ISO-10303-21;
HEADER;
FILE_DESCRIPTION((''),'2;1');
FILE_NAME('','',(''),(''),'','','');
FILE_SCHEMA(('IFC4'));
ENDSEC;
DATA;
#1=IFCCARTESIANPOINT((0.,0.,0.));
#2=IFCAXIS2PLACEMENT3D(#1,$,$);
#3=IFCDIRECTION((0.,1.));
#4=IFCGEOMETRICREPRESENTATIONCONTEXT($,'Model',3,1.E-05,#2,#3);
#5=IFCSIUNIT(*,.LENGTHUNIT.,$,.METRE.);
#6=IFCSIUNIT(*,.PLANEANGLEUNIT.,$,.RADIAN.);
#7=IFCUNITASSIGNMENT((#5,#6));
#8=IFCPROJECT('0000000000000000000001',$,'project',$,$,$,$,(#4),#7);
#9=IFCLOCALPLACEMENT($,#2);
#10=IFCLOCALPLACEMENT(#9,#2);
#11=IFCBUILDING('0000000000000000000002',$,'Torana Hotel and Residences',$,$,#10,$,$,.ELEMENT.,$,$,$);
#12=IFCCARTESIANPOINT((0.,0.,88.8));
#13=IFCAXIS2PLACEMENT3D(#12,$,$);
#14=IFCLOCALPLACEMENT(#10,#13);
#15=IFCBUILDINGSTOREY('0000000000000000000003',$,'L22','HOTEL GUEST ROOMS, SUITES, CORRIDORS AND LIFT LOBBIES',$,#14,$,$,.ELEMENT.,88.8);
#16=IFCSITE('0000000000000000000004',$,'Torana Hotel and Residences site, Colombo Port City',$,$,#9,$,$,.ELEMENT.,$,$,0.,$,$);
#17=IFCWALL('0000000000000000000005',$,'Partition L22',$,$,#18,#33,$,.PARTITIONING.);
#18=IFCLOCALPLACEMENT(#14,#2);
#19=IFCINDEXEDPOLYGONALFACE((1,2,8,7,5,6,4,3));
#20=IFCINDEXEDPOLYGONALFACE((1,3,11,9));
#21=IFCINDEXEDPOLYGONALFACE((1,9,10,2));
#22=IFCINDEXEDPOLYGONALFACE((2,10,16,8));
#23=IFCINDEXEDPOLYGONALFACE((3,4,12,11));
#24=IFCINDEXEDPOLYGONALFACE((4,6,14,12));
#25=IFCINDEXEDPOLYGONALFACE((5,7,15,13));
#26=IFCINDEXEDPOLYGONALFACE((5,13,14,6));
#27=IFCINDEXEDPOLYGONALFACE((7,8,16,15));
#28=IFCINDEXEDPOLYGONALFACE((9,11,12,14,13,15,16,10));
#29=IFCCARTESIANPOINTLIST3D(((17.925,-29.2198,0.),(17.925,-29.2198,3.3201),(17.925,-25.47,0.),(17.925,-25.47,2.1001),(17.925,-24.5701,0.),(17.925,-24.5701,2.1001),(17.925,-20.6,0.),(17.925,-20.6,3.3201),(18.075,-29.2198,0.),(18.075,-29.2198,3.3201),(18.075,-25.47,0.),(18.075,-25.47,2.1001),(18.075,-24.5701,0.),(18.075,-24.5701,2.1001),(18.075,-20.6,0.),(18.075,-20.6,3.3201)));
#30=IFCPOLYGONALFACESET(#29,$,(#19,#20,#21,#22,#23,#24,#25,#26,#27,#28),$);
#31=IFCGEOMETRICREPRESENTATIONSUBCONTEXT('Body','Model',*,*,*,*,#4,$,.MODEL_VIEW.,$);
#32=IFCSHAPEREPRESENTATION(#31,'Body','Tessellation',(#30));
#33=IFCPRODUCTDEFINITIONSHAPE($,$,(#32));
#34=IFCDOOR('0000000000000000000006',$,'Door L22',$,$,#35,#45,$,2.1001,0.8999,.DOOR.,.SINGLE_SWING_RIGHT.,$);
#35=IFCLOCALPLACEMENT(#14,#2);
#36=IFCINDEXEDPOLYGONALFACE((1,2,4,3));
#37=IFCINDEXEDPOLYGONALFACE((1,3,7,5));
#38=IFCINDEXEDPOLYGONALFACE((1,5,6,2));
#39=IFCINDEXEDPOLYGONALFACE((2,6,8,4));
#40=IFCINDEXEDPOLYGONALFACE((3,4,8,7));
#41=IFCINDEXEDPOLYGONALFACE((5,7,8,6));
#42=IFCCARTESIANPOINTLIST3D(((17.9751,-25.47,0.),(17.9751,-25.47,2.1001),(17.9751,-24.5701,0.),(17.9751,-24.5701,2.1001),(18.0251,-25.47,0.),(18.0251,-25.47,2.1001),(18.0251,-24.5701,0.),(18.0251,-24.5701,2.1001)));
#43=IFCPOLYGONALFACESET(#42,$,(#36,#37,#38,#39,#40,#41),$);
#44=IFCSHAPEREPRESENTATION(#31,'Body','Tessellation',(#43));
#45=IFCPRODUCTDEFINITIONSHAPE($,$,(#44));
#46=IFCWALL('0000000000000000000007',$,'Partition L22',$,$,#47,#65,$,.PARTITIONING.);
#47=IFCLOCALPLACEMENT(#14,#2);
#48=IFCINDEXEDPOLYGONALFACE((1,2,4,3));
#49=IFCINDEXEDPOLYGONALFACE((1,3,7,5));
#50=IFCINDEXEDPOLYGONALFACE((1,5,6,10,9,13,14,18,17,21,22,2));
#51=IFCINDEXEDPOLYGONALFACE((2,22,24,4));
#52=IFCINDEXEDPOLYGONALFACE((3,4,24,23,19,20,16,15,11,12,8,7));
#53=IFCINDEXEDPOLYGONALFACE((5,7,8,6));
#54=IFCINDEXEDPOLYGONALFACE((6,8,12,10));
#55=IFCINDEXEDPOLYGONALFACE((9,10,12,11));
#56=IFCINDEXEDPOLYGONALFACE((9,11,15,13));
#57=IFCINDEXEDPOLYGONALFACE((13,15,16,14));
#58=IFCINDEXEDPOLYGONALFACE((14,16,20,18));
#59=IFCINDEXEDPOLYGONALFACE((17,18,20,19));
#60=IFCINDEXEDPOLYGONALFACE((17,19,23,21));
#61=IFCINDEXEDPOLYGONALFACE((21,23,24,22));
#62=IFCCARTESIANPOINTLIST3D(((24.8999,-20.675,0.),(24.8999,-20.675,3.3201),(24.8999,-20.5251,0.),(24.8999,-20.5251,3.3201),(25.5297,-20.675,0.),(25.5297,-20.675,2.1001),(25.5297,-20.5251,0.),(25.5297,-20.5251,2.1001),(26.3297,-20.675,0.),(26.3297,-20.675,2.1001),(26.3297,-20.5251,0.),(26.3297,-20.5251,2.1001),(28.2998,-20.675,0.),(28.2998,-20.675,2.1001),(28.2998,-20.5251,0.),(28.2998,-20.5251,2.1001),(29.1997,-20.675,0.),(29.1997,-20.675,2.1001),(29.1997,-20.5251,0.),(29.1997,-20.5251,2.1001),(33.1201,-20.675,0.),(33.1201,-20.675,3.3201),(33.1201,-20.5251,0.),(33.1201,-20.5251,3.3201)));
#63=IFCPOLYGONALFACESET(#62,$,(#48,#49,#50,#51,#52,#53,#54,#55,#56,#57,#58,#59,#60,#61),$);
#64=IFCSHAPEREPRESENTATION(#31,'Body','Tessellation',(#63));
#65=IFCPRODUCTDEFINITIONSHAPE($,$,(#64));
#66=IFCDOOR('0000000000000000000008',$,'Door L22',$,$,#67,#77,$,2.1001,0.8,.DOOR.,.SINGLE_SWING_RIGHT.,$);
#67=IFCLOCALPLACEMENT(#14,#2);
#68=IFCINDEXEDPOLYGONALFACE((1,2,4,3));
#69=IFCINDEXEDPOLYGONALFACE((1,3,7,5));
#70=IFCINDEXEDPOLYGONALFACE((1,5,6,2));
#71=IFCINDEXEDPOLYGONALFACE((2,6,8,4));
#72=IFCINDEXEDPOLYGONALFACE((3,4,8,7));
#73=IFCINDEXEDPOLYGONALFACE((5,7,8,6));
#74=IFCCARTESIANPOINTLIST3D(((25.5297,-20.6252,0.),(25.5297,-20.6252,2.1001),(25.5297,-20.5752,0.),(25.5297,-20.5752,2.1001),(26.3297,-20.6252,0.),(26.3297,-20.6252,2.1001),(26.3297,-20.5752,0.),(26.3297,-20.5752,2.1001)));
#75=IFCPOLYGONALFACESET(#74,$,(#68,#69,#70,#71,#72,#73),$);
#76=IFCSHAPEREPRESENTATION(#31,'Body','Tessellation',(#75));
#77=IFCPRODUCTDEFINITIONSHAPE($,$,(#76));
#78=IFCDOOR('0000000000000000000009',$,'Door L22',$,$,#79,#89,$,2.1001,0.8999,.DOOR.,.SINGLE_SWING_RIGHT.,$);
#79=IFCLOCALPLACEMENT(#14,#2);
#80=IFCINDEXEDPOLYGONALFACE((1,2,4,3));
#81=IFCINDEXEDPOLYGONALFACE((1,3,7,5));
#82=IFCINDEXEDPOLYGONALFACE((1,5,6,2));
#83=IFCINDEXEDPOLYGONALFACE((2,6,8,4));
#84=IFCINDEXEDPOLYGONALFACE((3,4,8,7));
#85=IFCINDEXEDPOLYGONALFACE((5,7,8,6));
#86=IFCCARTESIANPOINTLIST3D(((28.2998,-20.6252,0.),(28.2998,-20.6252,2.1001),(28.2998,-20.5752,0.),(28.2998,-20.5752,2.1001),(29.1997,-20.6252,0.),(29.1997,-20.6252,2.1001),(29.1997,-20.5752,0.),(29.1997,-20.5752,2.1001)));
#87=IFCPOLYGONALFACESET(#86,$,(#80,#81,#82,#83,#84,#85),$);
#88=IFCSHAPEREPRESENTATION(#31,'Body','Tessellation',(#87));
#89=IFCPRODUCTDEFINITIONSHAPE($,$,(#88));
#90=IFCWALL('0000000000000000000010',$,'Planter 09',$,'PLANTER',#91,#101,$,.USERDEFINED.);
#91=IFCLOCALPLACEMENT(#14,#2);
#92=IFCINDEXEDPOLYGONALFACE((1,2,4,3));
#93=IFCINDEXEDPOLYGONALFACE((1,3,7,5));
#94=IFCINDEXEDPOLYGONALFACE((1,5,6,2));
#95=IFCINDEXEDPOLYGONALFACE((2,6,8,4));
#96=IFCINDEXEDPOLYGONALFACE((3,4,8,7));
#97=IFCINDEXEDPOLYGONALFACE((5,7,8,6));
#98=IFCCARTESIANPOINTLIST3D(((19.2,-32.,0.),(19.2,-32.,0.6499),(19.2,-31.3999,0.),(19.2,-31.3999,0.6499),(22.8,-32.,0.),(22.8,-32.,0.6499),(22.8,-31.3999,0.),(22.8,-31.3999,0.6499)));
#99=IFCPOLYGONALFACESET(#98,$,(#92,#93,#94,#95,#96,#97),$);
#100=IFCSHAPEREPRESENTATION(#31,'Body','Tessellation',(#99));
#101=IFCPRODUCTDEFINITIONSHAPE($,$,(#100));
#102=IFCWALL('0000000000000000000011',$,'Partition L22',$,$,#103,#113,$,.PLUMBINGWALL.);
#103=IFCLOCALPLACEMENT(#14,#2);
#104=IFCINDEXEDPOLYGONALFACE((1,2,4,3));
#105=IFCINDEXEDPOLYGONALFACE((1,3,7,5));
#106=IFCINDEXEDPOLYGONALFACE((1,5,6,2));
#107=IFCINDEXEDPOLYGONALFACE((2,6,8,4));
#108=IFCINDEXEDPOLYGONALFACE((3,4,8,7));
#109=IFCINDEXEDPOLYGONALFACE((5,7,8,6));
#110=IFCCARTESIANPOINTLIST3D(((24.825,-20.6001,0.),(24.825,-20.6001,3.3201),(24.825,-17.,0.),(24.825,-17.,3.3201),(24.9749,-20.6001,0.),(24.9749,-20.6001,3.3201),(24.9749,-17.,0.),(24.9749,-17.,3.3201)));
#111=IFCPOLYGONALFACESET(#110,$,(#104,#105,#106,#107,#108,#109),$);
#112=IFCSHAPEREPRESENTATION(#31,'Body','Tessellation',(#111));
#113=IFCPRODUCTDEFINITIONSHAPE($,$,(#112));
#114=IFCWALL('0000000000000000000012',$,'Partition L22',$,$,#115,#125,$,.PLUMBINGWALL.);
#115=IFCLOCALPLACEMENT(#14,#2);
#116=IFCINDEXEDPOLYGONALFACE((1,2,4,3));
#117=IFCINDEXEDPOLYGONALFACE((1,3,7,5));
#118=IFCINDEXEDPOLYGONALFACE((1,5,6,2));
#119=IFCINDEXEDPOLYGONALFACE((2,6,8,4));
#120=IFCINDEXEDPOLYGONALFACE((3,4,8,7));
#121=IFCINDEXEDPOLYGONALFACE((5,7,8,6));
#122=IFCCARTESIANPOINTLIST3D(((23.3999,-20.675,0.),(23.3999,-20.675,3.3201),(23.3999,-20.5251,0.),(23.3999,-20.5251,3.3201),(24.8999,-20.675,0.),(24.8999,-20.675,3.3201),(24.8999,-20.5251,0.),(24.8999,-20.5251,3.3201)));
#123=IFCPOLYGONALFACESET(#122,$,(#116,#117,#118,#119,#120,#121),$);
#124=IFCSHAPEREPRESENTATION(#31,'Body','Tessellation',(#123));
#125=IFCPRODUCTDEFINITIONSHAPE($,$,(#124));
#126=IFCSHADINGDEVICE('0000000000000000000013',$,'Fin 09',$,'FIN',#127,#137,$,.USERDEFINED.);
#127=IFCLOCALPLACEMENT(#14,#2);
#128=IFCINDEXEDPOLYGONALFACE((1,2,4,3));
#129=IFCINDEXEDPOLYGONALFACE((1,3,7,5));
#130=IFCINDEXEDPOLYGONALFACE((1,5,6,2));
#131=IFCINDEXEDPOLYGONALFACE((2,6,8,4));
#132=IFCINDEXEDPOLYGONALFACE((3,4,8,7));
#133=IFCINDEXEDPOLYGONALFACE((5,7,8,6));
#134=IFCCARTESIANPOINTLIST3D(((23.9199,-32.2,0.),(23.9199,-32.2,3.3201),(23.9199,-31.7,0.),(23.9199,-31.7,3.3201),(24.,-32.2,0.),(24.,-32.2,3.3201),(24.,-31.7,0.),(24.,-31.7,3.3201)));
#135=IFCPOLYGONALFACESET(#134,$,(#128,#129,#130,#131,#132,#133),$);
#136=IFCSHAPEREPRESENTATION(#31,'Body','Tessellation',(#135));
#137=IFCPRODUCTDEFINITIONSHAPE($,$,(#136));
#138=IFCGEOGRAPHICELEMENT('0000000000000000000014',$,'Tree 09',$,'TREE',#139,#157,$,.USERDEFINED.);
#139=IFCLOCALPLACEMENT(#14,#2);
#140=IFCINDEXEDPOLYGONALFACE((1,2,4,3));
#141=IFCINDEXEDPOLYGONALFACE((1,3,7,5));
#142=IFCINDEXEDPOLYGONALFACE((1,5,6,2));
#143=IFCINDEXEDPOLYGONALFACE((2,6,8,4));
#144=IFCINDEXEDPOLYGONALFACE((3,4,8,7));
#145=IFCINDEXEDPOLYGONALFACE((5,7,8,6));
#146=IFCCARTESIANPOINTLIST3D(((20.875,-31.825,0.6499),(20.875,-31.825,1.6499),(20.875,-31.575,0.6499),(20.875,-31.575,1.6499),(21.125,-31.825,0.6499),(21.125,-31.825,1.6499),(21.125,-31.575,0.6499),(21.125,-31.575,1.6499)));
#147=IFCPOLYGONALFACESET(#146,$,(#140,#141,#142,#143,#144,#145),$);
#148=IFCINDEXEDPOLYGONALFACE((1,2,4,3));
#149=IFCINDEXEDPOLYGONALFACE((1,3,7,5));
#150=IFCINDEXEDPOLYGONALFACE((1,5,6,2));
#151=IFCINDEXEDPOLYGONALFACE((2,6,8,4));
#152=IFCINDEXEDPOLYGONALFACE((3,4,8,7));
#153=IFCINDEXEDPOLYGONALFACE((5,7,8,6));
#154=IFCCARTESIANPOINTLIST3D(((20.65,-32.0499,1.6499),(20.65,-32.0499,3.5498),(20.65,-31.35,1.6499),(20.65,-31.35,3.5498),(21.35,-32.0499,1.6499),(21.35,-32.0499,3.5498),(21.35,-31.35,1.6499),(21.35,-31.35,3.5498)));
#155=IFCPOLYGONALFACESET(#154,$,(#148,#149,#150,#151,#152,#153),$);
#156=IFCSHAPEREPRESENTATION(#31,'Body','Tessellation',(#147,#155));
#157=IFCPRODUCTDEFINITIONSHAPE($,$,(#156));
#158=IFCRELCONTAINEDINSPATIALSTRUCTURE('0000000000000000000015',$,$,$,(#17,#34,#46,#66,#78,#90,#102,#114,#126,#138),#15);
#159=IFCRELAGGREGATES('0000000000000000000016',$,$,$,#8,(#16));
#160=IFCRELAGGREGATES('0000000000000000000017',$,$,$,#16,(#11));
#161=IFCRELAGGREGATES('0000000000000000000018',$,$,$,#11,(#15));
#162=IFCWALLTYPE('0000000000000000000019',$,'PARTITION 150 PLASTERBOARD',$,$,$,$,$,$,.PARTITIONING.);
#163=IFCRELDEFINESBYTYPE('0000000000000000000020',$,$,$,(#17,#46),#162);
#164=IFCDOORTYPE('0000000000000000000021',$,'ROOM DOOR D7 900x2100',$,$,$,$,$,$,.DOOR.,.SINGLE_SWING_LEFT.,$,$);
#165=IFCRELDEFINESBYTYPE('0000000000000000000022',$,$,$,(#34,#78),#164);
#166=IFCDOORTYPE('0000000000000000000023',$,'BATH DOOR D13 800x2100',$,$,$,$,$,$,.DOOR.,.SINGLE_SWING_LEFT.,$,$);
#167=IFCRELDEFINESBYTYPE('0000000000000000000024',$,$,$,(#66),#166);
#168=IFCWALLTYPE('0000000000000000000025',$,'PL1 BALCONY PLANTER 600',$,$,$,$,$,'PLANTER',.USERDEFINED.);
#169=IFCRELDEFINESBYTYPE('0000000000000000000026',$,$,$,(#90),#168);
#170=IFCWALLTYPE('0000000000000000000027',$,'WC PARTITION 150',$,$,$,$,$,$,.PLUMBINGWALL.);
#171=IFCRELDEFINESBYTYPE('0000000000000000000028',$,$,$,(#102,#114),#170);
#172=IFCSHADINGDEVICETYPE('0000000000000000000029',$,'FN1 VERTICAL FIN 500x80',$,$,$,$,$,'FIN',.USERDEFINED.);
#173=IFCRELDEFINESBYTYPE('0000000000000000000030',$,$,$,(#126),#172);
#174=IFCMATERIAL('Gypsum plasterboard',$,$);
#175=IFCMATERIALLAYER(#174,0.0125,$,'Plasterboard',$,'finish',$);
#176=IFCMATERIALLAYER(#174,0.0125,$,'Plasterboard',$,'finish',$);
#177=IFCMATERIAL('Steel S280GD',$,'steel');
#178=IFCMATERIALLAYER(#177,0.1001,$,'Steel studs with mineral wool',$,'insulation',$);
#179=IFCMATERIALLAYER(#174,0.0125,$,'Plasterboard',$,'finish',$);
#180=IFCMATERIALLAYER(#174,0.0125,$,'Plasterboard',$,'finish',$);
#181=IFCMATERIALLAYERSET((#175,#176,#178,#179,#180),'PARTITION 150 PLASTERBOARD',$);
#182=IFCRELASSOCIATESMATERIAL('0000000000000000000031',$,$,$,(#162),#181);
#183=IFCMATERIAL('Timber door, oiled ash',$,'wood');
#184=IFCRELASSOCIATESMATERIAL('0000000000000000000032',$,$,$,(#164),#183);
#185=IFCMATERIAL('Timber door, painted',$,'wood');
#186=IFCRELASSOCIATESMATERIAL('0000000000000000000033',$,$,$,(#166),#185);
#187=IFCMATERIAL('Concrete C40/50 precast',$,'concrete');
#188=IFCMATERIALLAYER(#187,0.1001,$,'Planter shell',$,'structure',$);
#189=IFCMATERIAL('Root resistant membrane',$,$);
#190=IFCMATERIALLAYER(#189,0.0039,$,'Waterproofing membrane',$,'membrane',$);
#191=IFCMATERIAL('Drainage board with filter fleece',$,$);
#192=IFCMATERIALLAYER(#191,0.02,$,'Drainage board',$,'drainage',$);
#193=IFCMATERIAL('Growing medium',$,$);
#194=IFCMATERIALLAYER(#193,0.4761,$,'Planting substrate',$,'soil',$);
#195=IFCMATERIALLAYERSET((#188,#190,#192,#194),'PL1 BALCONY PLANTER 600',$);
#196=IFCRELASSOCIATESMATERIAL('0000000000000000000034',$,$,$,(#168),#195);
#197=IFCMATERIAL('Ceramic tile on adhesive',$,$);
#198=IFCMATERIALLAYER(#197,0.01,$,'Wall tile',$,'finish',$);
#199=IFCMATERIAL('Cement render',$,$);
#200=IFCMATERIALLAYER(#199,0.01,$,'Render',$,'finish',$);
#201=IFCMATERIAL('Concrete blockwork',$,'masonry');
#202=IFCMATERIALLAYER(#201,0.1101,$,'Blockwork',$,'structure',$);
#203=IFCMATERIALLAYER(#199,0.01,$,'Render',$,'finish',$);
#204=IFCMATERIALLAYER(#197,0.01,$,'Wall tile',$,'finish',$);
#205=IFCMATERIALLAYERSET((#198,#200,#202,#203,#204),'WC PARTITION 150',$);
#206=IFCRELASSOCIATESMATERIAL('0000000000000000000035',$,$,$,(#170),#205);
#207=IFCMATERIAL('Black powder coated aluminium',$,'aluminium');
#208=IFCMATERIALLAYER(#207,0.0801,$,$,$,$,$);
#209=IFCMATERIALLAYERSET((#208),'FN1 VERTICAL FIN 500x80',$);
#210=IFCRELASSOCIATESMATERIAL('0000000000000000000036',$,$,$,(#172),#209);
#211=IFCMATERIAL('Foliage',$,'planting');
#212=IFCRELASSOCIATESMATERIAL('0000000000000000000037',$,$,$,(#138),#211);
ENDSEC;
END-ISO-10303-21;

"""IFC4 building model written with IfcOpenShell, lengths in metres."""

from ifc_helpers import new_model, si_unit, direction, frame, frame_2d, origin, origin_2d, place, context, subcontext, project, spatial, rectangle, extrude, material, layer, layer_set, type_object, element, fill, save


model = new_model("IFC4")

# Units and contexts
model_context = context("Model", 3, precision=1e-05, world=origin(), true_north=direction((0.0, 1.0)))
body_context = subcontext(model_context, "Body", "Model", "MODEL_VIEW")
ifc_project = project(units=[si_unit("LENGTHUNIT", "METRE"), si_unit("PLANEANGLEUNIT", "RADIAN")], contexts=[model_context])

# Site, building, storey
site_placement = place(None, origin())
site = spatial("IfcSite", under=ifc_project, at=site_placement, Name="Torana Hotel and Residences site, Colombo Port City", CompositionType="ELEMENT", RefElevation=0.0)
building_placement = place(site_placement, origin())
building = spatial("IfcBuilding", under=site, at=building_placement, Name="Torana Hotel and Residences", CompositionType="ELEMENT")
storey_placement = place(building_placement, frame((0.0, 0.0, 88.8)))
storey = spatial("IfcBuildingStorey", under=building, at=storey_placement, Name="L22", Description="HOTEL GUEST ROOMS, SUITES, CORRIDORS AND LIFT LOBBIES", CompositionType="ELEMENT", Elevation=88.8)

# Shared definitions
ifc_material_1 = material(Name="Concrete blockwork", Category="masonry")

# Shared definitions
ifc_material_2 = material(Name="Gypsum plasterboard")
ifc_layer_1 = layer(ifc_material_2, 0.0125, Name="Plasterboard", Category="finish")
ifc_layer_2 = layer(ifc_material_2, 0.0125, Name="Plasterboard", Category="finish")
ifc_material_3 = material(Name="Steel S280GD", Category="steel")
ifc_layer_3 = layer(ifc_material_3, 0.1001, Name="Steel studs with mineral wool", Category="insulation")
ifc_layer_4 = layer(ifc_material_2, 0.0125, Name="Plasterboard", Category="finish")
ifc_layer_5 = layer(ifc_material_2, 0.0125, Name="Plasterboard", Category="finish")
ifc_layer_set_1 = layer_set([ifc_layer_1, ifc_layer_2, ifc_layer_3, ifc_layer_4, ifc_layer_5], Name="PARTITION 150 PLASTERBOARD")
wall_type_1 = type_object("IfcWallType", Name="PARTITION 150 PLASTERBOARD", PredefinedType="PARTITIONING", material=ifc_layer_set_1)

# Wall, opening, door
wall_1_placement = place(storey_placement, frame((18.0, -29.22, 0.0), z_axis=(0.0, 0.0, 1.0), x_axis=(0.0, 1.0, 0.0)))
wall_1 = element("IfcWall", 1, at=wall_1_placement, inside=storey, type_object=wall_type_1, Name="Partition L22", PredefinedType="PARTITIONING", context=body_context, shape_type="SweptSolid", body=[
    extrude(rectangle(XDim=8.6199, YDim=0.1499, at=frame_2d((4.3101, 0.0))), origin(), (0.0, 0.0, 1.0), 3.3201),
])
opening_1_placement = place(wall_1_placement, frame((3.75, 0.0, 0.0)))
opening_1 = element("IfcOpeningElement", 2, at=opening_1_placement, cuts=wall_1, PredefinedType="OPENING", context=body_context, shape_type="SweptSolid", body=[
    extrude(rectangle(XDim=0.8999, YDim=2.1001, at=frame_2d((0.45, 1.05))), frame((0.0, 0.085, 0.0), z_axis=(0.0, -1.0, 0.0), x_axis=(1.0, 0.0, 0.0)), (0.0, 0.0, 1.0), 0.1699),
])
ifc_material_4 = material(Name="Timber door, oiled ash", Category="wood")
door_type_1 = type_object("IfcDoorType", Name="ROOM DOOR D7 900x2100", OperationType="SINGLE_SWING_LEFT", PredefinedType="DOOR", material=ifc_material_4)
door_1_placement = place(opening_1_placement, origin())
door_1 = element("IfcDoor", 3, at=door_1_placement, inside=storey, type_object=door_type_1, Name="Door L22", OperationType="SINGLE_SWING_RIGHT", OverallHeight=2.1001, OverallWidth=0.8999, PredefinedType="DOOR", context=body_context, shape_type="SweptSolid", body=[
    extrude(rectangle(XDim=0.8999, YDim=2.1001, at=frame_2d((0.45, 1.05))), frame((0.0, 0.0249, 0.0), z_axis=(0.0, -1.0, 0.0), x_axis=(1.0, 0.0, 0.0)), (0.0, 0.0, 1.0), 0.05),
])
fill(opening_1, door_1)

# Wall, openings, doors
wall_2_placement = place(storey_placement, frame((24.8999, -20.6001, 0.0), z_axis=(0.0, 0.0, 1.0), x_axis=(1.0, 0.0, 0.0)))
wall_2 = element("IfcWall", 4, at=wall_2_placement, inside=storey, type_object=wall_type_1, Name="Partition L22", PredefinedType="PARTITIONING", context=body_context, shape_type="SweptSolid", body=[
    extrude(rectangle(XDim=8.2202, YDim=0.1499, at=frame_2d((4.1101, 0.0))), origin(), (0.0, 0.0, 1.0), 3.3201),
])
opening_2_placement = place(wall_2_placement, frame((0.6299, 0.0, 0.0)))
opening_2 = element("IfcOpeningElement", 5, at=opening_2_placement, cuts=wall_2, PredefinedType="OPENING", context=body_context, shape_type="SweptSolid", body=[
    extrude(rectangle(XDim=0.8, YDim=2.1001, at=frame_2d((0.3999, 1.05))), frame((0.0, 0.085, 0.0), z_axis=(0.0, -1.0, 0.0), x_axis=(1.0, 0.0, 0.0)), (0.0, 0.0, 1.0), 0.1699),
])
opening_3_placement = place(wall_2_placement, frame((3.3999, 0.0, 0.0)))
opening_3 = element("IfcOpeningElement", 6, at=opening_3_placement, cuts=wall_2, PredefinedType="OPENING", context=body_context, shape_type="SweptSolid", body=[
    extrude(rectangle(XDim=0.8999, YDim=2.1001, at=frame_2d((0.45, 1.05))), frame((0.0, 0.085, 0.0), z_axis=(0.0, -1.0, 0.0), x_axis=(1.0, 0.0, 0.0)), (0.0, 0.0, 1.0), 0.1699),
])
ifc_material_5 = material(Name="Timber door, painted", Category="wood")
door_type_2 = type_object("IfcDoorType", Name="BATH DOOR D13 800x2100", OperationType="SINGLE_SWING_LEFT", PredefinedType="DOOR", material=ifc_material_5)
door_2_placement = place(opening_2_placement, origin())
door_2 = element("IfcDoor", 7, at=door_2_placement, inside=storey, type_object=door_type_2, Name="Door L22", OperationType="SINGLE_SWING_RIGHT", OverallHeight=2.1001, OverallWidth=0.8, PredefinedType="DOOR", context=body_context, shape_type="SweptSolid", body=[
    extrude(rectangle(XDim=0.8, YDim=2.1001, at=frame_2d((0.3999, 1.05))), frame((0.0, 0.0249, 0.0), z_axis=(0.0, -1.0, 0.0), x_axis=(1.0, 0.0, 0.0)), (0.0, 0.0, 1.0), 0.05),
])
fill(opening_2, door_2)
door_3_placement = place(opening_3_placement, origin())
door_3 = element("IfcDoor", 8, at=door_3_placement, inside=storey, type_object=door_type_1, Name="Door L22", OperationType="SINGLE_SWING_RIGHT", OverallHeight=2.1001, OverallWidth=0.8999, PredefinedType="DOOR", context=body_context, shape_type="SweptSolid", body=[
    extrude(rectangle(XDim=0.8999, YDim=2.1001, at=frame_2d((0.45, 1.05))), frame((0.0, 0.0249, 0.0), z_axis=(0.0, -1.0, 0.0), x_axis=(1.0, 0.0, 0.0)), (0.0, 0.0, 1.0), 0.05),
])
fill(opening_3, door_3)

# Walls
ifc_material_6 = material(Name="Concrete C40/50 precast", Category="concrete")
ifc_layer_6 = layer(ifc_material_6, 0.1001, Name="Planter shell", Category="structure")
ifc_material_7 = material(Name="Root resistant membrane")
ifc_layer_7 = layer(ifc_material_7, 0.0039, Name="Waterproofing membrane", Category="membrane")
ifc_material_8 = material(Name="Drainage board with filter fleece")
ifc_layer_8 = layer(ifc_material_8, 0.02, Name="Drainage board", Category="drainage")
ifc_material_9 = material(Name="Growing medium")
ifc_layer_9 = layer(ifc_material_9, 0.4761, Name="Planting substrate", Category="soil")
ifc_layer_set_2 = layer_set([ifc_layer_6, ifc_layer_7, ifc_layer_8, ifc_layer_9], Name="PL1 BALCONY PLANTER 600")
wall_type_2 = type_object("IfcWallType", Name="PL1 BALCONY PLANTER 600", ElementType="PLANTER", PredefinedType="USERDEFINED", material=ifc_layer_set_2)
wall_3_placement = place(storey_placement, frame((22.8, -31.7, 0.0), z_axis=(0.0, 0.0, 1.0), x_axis=(-1.0, 0.0, 0.0)))
element("IfcWall", 9, at=wall_3_placement, inside=storey, type_object=wall_type_2, Name="Planter 09", ObjectType="PLANTER", PredefinedType="USERDEFINED", context=body_context, shape_type="SweptSolid", body=[
    extrude(rectangle(XDim=3.6001, YDim=0.6001, at=frame_2d((1.8, 0.0))), origin(), (0.0, 0.0, 1.0), 0.6499),
])
ifc_material_10 = material(Name="Ceramic tile on adhesive")
ifc_layer_10 = layer(ifc_material_10, 0.01, Name="Wall tile", Category="finish")
ifc_material_11 = material(Name="Cement render")
ifc_layer_11 = layer(ifc_material_11, 0.01, Name="Render", Category="finish")
ifc_layer_12 = layer(ifc_material_1, 0.1101, Name="Blockwork", Category="structure")
ifc_layer_13 = layer(ifc_material_11, 0.01, Name="Render", Category="finish")
ifc_layer_14 = layer(ifc_material_10, 0.01, Name="Wall tile", Category="finish")
ifc_layer_set_3 = layer_set([ifc_layer_10, ifc_layer_11, ifc_layer_12, ifc_layer_13, ifc_layer_14], Name="WC PARTITION 150")
wall_type_3 = type_object("IfcWallType", Name="WC PARTITION 150", PredefinedType="PLUMBINGWALL", material=ifc_layer_set_3)
wall_4_placement = place(storey_placement, frame((24.8999, -20.6001, 0.0), z_axis=(0.0, 0.0, 1.0), x_axis=(0.0, 1.0, 0.0)))
element("IfcWall", 10, at=wall_4_placement, inside=storey, type_object=wall_type_3, Name="Partition L22", PredefinedType="PLUMBINGWALL", context=body_context, shape_type="SweptSolid", body=[
    extrude(rectangle(XDim=3.6001, YDim=0.1499, at=frame_2d((1.8, 0.0))), origin(), (0.0, 0.0, 1.0), 3.3201),
])
wall_5_placement = place(storey_placement, frame((23.3999, -20.6001, 0.0), z_axis=(0.0, 0.0, 1.0), x_axis=(1.0, 0.0, 0.0)))
element("IfcWall", 11, at=wall_5_placement, inside=storey, type_object=wall_type_3, Name="Partition L22", PredefinedType="PLUMBINGWALL", context=body_context, shape_type="SweptSolid", body=[
    extrude(rectangle(XDim=1.5, YDim=0.1499, at=frame_2d((0.75, 0.0))), origin(), (0.0, 0.0, 1.0), 3.3201),
])

# Shading device
ifc_material_12 = material(Name="Black powder coated aluminium", Category="aluminium")
ifc_layer_15 = layer(ifc_material_12, 0.0801)
ifc_layer_set_4 = layer_set([ifc_layer_15], Name="FN1 VERTICAL FIN 500x80")
shading_device_type = type_object("IfcShadingDeviceType", Name="FN1 VERTICAL FIN 500x80", ElementType="FIN", PredefinedType="USERDEFINED", material=ifc_layer_set_4)
shading_device_placement = place(storey_placement, frame((23.96, -31.95, 0.0), z_axis=(0.0, 0.0, 1.0), x_axis=(-1.0, 0.0, 0.0)))
element("IfcShadingDevice", 12, at=shading_device_placement, inside=storey, type_object=shading_device_type, Name="Fin 09", ObjectType="FIN", PredefinedType="USERDEFINED", context=body_context, shape_type="SweptSolid", body=[
    extrude(rectangle(XDim=0.0801, YDim=0.5, at=origin_2d()), origin(), (0.0, 0.0, 1.0), 3.3201),
])

# Geographic element
ifc_material_13 = material(Name="Foliage", Category="planting")
geographic_element_placement = place(storey_placement, frame((21.0, -31.7, 0.6499), z_axis=(0.0, 0.0, 1.0), x_axis=(1.0, 0.0, 0.0)))
element("IfcGeographicElement", 13, at=geographic_element_placement, inside=storey, material=ifc_material_13, Name="Tree 09", ObjectType="TREE", PredefinedType="USERDEFINED", context=body_context, shape_type="SweptSolid", body=[
    extrude(rectangle(XDim=0.25, YDim=0.25, at=origin_2d()), origin(), (0.0, 0.0, 1.0), 1.0),
    extrude(rectangle(XDim=0.7, YDim=0.7, at=origin_2d()), frame((0.0, 0.0, 1.0)), (0.0, 0.0, 1.0), 1.8999),
])

save(model, "model.ifc")
